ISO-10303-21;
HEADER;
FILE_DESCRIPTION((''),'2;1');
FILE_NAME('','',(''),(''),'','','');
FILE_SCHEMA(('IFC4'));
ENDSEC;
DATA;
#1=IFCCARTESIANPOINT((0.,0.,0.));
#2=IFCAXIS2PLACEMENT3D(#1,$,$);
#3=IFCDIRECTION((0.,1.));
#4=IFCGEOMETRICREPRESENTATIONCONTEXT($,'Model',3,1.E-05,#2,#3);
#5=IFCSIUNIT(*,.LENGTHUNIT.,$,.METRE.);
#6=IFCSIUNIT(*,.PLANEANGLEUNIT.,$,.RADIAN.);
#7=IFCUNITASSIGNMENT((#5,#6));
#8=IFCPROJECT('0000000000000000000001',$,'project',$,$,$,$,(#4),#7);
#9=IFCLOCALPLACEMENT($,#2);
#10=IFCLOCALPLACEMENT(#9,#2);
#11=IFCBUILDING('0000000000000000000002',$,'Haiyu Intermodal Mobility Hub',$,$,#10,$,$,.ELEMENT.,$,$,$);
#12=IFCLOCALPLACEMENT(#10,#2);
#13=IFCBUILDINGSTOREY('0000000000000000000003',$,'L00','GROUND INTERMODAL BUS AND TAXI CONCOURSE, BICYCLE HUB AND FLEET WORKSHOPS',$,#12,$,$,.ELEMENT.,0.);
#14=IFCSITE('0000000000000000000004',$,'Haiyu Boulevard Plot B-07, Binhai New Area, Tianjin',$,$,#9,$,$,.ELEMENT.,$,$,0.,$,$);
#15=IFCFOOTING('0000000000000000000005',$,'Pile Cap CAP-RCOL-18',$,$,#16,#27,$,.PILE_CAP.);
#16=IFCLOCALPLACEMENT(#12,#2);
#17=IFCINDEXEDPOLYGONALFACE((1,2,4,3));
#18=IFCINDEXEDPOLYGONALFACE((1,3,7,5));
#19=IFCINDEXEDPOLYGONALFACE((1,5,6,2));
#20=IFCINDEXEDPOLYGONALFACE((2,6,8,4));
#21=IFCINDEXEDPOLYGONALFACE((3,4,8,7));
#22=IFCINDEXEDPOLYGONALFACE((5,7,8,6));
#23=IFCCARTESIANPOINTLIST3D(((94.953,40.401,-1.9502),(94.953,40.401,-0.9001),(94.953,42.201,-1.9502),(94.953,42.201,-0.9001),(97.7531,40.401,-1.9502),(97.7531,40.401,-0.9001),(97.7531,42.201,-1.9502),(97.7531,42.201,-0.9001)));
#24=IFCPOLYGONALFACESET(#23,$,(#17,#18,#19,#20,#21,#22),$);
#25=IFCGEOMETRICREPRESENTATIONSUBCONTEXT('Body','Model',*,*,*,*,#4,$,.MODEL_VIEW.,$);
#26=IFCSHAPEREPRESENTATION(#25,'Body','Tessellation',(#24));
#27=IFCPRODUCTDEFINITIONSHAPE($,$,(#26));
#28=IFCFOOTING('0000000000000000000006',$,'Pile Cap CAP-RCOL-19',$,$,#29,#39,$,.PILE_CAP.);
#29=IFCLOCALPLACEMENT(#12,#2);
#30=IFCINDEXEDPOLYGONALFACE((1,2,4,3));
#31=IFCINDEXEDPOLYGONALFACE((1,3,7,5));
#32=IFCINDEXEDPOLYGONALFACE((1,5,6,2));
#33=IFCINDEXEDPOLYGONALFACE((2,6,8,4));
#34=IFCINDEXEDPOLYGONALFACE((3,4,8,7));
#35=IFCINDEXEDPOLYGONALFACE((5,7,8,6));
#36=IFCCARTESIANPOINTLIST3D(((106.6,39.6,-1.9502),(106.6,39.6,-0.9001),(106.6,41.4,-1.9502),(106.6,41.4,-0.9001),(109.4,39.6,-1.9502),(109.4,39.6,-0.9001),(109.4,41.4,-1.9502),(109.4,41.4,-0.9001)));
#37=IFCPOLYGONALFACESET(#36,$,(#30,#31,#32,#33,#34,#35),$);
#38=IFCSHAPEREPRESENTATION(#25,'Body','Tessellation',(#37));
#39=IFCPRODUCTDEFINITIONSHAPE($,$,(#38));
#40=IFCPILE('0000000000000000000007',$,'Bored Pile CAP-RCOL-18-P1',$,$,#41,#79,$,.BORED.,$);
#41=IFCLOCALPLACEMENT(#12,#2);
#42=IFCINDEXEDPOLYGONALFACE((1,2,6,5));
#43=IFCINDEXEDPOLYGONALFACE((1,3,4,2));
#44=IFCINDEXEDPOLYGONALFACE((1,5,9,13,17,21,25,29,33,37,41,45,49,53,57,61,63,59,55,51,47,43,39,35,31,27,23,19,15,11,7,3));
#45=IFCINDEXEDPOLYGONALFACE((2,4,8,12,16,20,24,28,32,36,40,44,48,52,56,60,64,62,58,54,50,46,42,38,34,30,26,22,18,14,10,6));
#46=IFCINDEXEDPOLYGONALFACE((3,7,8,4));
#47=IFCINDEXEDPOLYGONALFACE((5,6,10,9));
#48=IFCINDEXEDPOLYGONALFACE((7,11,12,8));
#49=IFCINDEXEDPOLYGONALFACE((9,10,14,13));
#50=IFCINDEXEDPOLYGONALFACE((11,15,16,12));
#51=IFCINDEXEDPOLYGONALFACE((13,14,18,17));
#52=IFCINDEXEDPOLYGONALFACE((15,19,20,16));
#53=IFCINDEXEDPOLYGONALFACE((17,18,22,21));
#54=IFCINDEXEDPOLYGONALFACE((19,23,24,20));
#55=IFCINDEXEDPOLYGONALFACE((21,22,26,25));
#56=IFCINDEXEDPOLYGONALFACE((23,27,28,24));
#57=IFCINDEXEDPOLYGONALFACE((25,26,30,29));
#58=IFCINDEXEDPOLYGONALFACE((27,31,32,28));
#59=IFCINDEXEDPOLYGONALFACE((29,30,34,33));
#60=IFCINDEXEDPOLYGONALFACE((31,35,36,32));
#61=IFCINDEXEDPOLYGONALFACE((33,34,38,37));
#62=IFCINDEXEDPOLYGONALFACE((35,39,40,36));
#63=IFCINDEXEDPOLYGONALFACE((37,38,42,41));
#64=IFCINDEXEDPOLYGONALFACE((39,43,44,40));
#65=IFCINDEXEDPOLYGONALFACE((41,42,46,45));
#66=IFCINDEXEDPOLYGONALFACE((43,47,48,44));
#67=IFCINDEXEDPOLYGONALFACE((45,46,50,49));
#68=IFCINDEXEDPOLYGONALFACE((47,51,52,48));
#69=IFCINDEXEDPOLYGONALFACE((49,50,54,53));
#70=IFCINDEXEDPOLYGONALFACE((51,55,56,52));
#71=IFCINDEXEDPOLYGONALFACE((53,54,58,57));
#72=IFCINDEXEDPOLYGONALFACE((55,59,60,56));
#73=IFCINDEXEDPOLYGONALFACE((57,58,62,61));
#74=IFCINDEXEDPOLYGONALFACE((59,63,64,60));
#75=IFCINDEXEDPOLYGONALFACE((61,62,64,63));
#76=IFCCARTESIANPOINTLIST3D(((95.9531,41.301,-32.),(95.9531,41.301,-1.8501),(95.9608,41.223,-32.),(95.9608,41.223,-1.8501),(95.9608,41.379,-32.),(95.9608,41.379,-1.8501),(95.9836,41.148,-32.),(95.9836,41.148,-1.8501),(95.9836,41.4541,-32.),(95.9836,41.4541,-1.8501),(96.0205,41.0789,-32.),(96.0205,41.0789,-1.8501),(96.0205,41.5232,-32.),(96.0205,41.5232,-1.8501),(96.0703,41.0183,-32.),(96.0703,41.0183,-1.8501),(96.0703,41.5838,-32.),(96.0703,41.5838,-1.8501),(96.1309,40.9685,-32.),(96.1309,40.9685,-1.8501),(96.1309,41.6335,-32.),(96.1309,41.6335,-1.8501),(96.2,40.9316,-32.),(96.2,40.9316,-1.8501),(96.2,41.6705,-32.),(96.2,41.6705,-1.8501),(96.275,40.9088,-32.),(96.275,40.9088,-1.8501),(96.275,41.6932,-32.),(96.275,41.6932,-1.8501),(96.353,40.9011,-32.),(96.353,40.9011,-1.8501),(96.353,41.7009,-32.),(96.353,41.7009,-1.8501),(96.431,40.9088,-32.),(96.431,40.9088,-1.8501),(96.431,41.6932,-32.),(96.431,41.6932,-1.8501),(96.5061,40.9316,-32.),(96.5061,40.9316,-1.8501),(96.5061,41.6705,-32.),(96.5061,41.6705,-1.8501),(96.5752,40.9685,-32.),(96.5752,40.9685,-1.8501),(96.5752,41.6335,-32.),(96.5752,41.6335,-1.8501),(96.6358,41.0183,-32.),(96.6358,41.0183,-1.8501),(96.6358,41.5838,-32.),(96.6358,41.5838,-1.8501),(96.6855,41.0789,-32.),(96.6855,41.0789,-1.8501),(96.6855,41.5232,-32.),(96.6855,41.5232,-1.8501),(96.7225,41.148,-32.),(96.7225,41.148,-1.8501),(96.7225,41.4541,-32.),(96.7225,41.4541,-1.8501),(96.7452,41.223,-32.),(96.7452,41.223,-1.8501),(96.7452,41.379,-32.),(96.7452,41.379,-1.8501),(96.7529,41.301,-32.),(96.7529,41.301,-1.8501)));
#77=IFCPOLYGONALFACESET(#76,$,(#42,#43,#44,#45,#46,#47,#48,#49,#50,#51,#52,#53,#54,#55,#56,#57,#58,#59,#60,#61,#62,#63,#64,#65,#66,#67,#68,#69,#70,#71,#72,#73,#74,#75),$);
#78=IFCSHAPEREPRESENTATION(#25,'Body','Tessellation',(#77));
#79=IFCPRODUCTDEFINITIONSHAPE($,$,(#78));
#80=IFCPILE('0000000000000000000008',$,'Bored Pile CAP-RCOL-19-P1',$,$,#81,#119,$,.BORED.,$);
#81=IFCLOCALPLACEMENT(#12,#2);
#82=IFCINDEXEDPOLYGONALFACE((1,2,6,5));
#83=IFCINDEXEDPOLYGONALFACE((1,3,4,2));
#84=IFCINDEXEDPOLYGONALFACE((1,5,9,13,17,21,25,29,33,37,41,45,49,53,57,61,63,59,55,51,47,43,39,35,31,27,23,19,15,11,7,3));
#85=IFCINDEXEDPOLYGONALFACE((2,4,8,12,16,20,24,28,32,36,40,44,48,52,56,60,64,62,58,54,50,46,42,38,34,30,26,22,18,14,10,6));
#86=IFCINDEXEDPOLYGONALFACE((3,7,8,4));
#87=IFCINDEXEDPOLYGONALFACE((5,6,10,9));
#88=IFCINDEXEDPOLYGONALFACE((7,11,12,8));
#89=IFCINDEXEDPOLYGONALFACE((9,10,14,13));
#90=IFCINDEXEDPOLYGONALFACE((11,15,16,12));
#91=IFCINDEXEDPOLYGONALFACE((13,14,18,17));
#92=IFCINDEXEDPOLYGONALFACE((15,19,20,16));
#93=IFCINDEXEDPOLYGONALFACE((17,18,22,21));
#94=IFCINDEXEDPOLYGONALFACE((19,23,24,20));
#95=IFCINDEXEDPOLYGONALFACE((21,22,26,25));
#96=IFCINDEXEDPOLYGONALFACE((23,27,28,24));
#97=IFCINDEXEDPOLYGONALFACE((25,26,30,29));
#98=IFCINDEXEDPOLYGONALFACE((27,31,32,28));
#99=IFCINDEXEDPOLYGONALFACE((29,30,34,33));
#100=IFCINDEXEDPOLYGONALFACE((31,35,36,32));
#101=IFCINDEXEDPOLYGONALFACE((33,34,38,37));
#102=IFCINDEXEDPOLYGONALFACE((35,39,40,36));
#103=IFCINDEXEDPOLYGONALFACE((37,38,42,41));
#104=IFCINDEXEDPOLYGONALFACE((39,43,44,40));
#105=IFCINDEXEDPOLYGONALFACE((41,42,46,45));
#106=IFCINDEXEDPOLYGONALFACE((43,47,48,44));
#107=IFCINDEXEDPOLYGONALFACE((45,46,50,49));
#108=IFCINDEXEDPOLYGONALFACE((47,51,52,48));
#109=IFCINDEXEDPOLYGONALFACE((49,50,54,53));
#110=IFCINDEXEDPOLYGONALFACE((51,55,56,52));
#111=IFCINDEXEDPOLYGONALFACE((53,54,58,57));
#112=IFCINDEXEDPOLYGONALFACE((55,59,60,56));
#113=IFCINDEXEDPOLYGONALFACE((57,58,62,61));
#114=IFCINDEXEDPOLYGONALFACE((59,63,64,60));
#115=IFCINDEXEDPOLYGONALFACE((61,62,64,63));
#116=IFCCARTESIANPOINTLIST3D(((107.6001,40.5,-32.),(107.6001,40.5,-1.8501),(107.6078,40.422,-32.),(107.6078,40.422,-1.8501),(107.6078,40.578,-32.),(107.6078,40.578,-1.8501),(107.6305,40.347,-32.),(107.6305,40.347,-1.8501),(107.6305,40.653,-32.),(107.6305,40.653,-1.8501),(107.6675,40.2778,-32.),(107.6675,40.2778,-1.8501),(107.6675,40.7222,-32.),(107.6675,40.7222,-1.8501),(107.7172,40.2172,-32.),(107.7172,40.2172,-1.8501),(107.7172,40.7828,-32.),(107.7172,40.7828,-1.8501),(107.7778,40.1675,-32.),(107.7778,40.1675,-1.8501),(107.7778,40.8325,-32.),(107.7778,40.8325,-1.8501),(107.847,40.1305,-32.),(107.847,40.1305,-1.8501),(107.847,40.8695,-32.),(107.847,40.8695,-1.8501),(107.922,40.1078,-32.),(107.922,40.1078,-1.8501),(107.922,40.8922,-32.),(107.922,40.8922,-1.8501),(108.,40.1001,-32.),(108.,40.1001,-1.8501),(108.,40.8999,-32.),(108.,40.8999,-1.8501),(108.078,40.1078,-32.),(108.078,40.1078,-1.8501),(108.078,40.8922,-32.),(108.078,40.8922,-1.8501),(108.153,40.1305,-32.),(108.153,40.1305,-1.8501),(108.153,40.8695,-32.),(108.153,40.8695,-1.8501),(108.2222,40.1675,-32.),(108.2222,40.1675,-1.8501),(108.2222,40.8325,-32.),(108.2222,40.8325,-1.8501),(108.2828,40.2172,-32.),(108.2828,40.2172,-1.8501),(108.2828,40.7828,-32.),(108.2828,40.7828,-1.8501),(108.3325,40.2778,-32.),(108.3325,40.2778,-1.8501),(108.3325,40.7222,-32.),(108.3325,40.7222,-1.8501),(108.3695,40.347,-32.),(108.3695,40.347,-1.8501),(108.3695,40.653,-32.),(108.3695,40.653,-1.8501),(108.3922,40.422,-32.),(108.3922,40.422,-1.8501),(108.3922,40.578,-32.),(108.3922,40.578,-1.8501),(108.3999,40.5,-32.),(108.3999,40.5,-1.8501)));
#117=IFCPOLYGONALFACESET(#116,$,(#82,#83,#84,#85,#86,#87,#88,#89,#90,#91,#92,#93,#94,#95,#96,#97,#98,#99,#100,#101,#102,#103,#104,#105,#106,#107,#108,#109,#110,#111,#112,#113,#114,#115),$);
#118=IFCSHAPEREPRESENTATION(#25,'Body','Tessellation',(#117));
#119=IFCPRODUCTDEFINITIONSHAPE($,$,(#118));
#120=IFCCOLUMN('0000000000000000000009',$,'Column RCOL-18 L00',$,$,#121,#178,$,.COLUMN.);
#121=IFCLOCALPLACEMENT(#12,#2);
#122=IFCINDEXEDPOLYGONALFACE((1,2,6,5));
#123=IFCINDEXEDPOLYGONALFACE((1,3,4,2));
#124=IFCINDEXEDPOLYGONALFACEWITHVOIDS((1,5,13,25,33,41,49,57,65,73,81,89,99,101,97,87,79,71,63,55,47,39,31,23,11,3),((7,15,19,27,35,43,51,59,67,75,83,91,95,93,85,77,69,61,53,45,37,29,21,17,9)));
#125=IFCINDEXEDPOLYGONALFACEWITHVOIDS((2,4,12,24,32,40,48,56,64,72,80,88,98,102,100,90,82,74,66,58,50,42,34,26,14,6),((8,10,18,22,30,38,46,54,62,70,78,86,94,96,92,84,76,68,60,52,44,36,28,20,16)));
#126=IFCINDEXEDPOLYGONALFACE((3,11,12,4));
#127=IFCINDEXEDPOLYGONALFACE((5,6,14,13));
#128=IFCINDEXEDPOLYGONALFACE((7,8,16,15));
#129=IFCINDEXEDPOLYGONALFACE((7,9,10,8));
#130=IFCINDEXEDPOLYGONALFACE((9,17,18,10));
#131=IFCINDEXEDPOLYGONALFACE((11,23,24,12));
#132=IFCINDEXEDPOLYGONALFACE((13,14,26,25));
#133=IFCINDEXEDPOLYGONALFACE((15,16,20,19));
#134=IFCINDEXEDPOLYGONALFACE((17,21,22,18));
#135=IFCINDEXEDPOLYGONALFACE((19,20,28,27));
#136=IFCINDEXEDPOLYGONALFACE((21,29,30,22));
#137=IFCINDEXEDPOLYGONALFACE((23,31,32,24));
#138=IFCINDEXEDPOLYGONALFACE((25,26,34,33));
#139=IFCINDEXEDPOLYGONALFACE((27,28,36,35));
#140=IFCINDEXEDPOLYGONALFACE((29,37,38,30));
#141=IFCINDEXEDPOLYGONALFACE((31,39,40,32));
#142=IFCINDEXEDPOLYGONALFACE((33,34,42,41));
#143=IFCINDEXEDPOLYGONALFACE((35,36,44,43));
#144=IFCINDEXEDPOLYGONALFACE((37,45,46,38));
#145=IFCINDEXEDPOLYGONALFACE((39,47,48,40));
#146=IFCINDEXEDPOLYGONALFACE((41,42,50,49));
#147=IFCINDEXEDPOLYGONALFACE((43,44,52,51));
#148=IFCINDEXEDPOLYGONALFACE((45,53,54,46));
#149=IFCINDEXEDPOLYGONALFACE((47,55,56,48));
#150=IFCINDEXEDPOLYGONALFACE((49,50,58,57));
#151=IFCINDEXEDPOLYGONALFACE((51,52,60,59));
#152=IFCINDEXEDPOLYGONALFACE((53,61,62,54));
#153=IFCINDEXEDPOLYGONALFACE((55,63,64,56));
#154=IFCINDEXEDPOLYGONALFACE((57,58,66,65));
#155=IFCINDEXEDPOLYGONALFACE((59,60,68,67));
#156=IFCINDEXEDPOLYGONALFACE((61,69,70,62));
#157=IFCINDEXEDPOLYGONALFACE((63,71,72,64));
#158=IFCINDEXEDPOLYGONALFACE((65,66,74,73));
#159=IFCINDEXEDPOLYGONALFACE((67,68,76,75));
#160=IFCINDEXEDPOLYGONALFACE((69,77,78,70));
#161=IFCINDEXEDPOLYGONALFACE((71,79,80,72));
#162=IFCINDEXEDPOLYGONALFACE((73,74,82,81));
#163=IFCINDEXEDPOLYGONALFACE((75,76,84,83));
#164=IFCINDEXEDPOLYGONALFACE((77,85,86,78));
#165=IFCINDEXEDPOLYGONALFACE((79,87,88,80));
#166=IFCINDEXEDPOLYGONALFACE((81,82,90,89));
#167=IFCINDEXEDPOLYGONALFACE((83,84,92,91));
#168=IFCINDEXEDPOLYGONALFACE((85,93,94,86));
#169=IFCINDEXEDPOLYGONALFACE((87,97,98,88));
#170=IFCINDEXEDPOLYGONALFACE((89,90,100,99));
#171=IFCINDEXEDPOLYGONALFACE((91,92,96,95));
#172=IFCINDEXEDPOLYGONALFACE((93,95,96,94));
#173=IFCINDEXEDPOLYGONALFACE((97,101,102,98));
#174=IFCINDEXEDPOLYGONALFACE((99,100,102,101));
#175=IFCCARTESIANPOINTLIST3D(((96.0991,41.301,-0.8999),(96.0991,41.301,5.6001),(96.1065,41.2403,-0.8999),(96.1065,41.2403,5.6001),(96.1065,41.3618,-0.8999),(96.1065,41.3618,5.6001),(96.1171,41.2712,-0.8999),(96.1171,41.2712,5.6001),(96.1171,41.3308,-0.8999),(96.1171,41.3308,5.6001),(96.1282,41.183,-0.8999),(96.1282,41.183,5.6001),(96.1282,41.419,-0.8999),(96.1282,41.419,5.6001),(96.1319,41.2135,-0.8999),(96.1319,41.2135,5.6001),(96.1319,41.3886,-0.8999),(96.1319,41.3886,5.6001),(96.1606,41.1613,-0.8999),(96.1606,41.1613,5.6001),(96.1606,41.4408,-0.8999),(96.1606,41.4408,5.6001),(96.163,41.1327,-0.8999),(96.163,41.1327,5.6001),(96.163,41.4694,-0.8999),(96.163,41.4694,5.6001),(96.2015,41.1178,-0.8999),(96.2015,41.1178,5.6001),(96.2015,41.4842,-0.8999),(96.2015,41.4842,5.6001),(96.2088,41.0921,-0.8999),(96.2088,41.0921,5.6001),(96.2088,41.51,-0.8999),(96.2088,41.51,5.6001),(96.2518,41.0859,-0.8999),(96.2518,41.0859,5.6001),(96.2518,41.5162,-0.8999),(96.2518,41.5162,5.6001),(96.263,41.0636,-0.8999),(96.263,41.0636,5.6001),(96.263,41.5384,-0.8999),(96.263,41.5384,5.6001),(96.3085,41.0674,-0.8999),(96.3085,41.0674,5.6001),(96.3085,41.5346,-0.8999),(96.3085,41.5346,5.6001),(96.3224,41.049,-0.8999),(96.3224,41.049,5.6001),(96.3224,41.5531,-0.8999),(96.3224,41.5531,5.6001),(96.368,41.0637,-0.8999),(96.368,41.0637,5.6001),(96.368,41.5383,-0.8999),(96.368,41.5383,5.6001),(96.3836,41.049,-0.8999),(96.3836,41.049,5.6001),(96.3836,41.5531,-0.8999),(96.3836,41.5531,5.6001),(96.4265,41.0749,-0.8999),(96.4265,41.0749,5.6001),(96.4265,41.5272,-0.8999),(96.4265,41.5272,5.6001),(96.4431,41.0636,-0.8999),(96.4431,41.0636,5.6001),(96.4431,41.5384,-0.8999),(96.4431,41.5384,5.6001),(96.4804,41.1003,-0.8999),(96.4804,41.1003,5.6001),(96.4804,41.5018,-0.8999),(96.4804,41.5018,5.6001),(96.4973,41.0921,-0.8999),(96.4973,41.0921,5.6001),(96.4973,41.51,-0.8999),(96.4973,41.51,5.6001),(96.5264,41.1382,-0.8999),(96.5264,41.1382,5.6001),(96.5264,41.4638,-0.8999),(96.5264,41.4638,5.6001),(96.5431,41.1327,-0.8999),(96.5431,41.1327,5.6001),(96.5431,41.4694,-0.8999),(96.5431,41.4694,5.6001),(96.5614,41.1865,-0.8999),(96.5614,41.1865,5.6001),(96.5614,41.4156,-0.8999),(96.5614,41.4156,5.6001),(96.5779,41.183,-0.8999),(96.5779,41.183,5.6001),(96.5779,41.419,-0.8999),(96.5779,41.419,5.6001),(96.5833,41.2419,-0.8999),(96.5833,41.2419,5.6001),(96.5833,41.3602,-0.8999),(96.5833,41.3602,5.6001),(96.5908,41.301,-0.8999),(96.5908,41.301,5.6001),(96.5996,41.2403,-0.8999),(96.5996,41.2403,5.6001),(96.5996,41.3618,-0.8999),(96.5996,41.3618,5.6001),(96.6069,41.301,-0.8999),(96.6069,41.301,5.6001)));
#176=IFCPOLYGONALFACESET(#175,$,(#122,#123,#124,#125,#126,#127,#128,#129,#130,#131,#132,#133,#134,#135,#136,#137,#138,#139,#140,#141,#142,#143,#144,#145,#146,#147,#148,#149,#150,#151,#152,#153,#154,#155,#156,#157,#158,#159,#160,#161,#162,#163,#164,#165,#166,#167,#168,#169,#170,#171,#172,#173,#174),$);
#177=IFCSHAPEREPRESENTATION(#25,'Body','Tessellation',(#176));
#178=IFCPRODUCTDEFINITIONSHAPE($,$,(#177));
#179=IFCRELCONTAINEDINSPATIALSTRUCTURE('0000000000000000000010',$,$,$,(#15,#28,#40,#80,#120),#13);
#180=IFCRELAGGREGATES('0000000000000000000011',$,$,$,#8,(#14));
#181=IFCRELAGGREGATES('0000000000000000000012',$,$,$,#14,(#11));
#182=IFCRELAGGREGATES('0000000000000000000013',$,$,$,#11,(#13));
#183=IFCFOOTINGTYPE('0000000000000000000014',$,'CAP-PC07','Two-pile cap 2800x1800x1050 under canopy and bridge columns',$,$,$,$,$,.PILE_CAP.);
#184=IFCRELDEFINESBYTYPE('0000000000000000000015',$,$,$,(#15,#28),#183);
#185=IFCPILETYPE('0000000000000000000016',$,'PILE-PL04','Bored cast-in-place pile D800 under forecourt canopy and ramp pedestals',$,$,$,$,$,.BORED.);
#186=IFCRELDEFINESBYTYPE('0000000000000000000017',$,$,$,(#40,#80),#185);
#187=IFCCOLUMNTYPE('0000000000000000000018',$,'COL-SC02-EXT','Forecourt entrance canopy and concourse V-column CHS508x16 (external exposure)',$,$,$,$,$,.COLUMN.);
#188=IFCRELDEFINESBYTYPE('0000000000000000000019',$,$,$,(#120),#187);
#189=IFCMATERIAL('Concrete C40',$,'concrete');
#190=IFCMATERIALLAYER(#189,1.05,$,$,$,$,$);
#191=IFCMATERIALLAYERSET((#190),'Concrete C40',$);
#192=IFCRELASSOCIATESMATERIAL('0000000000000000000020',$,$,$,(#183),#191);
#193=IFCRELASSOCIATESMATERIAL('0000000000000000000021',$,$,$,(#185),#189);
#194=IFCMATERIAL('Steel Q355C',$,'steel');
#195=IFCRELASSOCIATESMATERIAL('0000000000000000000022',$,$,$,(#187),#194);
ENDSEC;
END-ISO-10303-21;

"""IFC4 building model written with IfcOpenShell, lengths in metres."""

from ifc_helpers import new_model, si_unit, direction, frame, origin, origin_2d, place, context, subcontext, project, spatial, rectangle, circle, hollow_circle, extrude, material, layer, layer_set, material_profile, profile_set, type_object, element, save


model = new_model("IFC4")

# Units and contexts
model_context = context("Model", 3, precision=1e-05, world=origin(), true_north=direction((0.0, 1.0)))
body_context = subcontext(model_context, "Body", "Model", "MODEL_VIEW")
ifc_project = project(units=[si_unit("LENGTHUNIT", "METRE"), si_unit("PLANEANGLEUNIT", "RADIAN")], contexts=[model_context])

# Site, building, storey
site_placement = place(None, origin())
site = spatial("IfcSite", under=ifc_project, at=site_placement, Name="Haiyu Boulevard Plot B-07, Binhai New Area, Tianjin", CompositionType="ELEMENT", RefElevation=0.0)
building_placement = place(site_placement, origin())
building = spatial("IfcBuilding", under=site, at=building_placement, Name="Haiyu Intermodal Mobility Hub", CompositionType="ELEMENT")
storey_placement = place(building_placement, origin())
storey = spatial("IfcBuildingStorey", under=building, at=storey_placement, Name="L00", Description="GROUND INTERMODAL BUS AND TAXI CONCOURSE, BICYCLE HUB AND FLEET WORKSHOPS", CompositionType="ELEMENT", Elevation=0.0)

# Footings
ifc_material_1 = material(Name="Concrete C40", Category="concrete")
ifc_layer_1 = layer(ifc_material_1, 1.05)
ifc_layer_set_1 = layer_set([ifc_layer_1], Name="Concrete C40")
footing_type = type_object("IfcFootingType", Name="CAP-PC07", Description="Two-pile cap 2800x1800x1050 under canopy and bridge columns", PredefinedType="PILE_CAP", material=ifc_layer_set_1)
for number, where, z_axis, x_axis, name in (
    (1, (96.353, 41.301, -1.9502), (0.0, 0.0, 1.0), (1.0, 0.0, 0.0), "Pile Cap CAP-RCOL-18"),
    (2, (108.0, 40.5, -1.9502), (0.0, 0.0, 1.0), (1.0, 0.0, 0.0), "Pile Cap CAP-RCOL-19"),
):
    element("IfcFooting", number, at=place(storey_placement, frame(where, z_axis=z_axis, x_axis=x_axis)), inside=storey, type_object=footing_type, Name=name, PredefinedType="PILE_CAP", context=body_context, shape_type="SweptSolid", body=[
        extrude(rectangle(XDim=2.8, YDim=1.8, at=origin_2d()), origin(), (0.0, 0.0, 1.0), 1.05),
    ])

# Piles
ifc_material_profile_1 = material_profile(ifc_material_1, circle(Radius=0.3999, at=origin_2d()), Name="PILE-D800")
ifc_profile_set_1 = profile_set([ifc_material_profile_1], Name="Concrete C40")
pile_type = type_object("IfcPileType", Name="PILE-PL04", Description="Bored cast-in-place pile D800 under forecourt canopy and ramp pedestals", PredefinedType="BORED", material=ifc_profile_set_1)
for number, where, z_axis, x_axis, name in (
    (3, (96.353, 41.301, -1.8501), (0.0, 0.0, -1.0), (1.0, 0.0, 0.0), "Bored Pile CAP-RCOL-18-P1"),
    (4, (108.0, 40.5, -1.8501), (0.0, 0.0, -1.0), (1.0, 0.0, 0.0), "Bored Pile CAP-RCOL-19-P1"),
):
    element("IfcPile", number, at=place(storey_placement, frame(where, z_axis=z_axis, x_axis=x_axis)), inside=storey, type_object=pile_type, Name=name, PredefinedType="BORED", context=body_context, shape_type="SweptSolid", body=[
        extrude(circle(Radius=0.3999, at=origin_2d()), origin(), (0.0, 0.0, 1.0), 30.1499),
    ])

# Column
ifc_material_2 = material(Name="Steel Q355C", Category="steel")
ifc_material_profile_2 = material_profile(ifc_material_2, hollow_circle(Radius=0.2539, WallThickness=0.0161, at=origin_2d()), Name="CHS508x16")
ifc_profile_set_2 = profile_set([ifc_material_profile_2], Name="Steel Q355C")
column_type = type_object("IfcColumnType", Name="COL-SC02-EXT", Description="Forecourt entrance canopy and concourse V-column CHS508x16 (external exposure)", PredefinedType="COLUMN", material=ifc_profile_set_2)
for number, where, z_axis, x_axis, name in (
    (5, (96.353, 41.301, -0.8999), (0.0, 0.0, 1.0), (1.0, 0.0, 0.0), "Column RCOL-18 L00"),
):
    element("IfcColumn", number, at=place(storey_placement, frame(where, z_axis=z_axis, x_axis=x_axis)), inside=storey, type_object=column_type, Name=name, PredefinedType="COLUMN", context=body_context, shape_type="SweptSolid", body=[
        extrude(hollow_circle(Radius=0.2539, WallThickness=0.0161, at=origin_2d()), origin(), (0.0, 0.0, 1.0), 6.5),
    ])

save(model, "model.ifc")
